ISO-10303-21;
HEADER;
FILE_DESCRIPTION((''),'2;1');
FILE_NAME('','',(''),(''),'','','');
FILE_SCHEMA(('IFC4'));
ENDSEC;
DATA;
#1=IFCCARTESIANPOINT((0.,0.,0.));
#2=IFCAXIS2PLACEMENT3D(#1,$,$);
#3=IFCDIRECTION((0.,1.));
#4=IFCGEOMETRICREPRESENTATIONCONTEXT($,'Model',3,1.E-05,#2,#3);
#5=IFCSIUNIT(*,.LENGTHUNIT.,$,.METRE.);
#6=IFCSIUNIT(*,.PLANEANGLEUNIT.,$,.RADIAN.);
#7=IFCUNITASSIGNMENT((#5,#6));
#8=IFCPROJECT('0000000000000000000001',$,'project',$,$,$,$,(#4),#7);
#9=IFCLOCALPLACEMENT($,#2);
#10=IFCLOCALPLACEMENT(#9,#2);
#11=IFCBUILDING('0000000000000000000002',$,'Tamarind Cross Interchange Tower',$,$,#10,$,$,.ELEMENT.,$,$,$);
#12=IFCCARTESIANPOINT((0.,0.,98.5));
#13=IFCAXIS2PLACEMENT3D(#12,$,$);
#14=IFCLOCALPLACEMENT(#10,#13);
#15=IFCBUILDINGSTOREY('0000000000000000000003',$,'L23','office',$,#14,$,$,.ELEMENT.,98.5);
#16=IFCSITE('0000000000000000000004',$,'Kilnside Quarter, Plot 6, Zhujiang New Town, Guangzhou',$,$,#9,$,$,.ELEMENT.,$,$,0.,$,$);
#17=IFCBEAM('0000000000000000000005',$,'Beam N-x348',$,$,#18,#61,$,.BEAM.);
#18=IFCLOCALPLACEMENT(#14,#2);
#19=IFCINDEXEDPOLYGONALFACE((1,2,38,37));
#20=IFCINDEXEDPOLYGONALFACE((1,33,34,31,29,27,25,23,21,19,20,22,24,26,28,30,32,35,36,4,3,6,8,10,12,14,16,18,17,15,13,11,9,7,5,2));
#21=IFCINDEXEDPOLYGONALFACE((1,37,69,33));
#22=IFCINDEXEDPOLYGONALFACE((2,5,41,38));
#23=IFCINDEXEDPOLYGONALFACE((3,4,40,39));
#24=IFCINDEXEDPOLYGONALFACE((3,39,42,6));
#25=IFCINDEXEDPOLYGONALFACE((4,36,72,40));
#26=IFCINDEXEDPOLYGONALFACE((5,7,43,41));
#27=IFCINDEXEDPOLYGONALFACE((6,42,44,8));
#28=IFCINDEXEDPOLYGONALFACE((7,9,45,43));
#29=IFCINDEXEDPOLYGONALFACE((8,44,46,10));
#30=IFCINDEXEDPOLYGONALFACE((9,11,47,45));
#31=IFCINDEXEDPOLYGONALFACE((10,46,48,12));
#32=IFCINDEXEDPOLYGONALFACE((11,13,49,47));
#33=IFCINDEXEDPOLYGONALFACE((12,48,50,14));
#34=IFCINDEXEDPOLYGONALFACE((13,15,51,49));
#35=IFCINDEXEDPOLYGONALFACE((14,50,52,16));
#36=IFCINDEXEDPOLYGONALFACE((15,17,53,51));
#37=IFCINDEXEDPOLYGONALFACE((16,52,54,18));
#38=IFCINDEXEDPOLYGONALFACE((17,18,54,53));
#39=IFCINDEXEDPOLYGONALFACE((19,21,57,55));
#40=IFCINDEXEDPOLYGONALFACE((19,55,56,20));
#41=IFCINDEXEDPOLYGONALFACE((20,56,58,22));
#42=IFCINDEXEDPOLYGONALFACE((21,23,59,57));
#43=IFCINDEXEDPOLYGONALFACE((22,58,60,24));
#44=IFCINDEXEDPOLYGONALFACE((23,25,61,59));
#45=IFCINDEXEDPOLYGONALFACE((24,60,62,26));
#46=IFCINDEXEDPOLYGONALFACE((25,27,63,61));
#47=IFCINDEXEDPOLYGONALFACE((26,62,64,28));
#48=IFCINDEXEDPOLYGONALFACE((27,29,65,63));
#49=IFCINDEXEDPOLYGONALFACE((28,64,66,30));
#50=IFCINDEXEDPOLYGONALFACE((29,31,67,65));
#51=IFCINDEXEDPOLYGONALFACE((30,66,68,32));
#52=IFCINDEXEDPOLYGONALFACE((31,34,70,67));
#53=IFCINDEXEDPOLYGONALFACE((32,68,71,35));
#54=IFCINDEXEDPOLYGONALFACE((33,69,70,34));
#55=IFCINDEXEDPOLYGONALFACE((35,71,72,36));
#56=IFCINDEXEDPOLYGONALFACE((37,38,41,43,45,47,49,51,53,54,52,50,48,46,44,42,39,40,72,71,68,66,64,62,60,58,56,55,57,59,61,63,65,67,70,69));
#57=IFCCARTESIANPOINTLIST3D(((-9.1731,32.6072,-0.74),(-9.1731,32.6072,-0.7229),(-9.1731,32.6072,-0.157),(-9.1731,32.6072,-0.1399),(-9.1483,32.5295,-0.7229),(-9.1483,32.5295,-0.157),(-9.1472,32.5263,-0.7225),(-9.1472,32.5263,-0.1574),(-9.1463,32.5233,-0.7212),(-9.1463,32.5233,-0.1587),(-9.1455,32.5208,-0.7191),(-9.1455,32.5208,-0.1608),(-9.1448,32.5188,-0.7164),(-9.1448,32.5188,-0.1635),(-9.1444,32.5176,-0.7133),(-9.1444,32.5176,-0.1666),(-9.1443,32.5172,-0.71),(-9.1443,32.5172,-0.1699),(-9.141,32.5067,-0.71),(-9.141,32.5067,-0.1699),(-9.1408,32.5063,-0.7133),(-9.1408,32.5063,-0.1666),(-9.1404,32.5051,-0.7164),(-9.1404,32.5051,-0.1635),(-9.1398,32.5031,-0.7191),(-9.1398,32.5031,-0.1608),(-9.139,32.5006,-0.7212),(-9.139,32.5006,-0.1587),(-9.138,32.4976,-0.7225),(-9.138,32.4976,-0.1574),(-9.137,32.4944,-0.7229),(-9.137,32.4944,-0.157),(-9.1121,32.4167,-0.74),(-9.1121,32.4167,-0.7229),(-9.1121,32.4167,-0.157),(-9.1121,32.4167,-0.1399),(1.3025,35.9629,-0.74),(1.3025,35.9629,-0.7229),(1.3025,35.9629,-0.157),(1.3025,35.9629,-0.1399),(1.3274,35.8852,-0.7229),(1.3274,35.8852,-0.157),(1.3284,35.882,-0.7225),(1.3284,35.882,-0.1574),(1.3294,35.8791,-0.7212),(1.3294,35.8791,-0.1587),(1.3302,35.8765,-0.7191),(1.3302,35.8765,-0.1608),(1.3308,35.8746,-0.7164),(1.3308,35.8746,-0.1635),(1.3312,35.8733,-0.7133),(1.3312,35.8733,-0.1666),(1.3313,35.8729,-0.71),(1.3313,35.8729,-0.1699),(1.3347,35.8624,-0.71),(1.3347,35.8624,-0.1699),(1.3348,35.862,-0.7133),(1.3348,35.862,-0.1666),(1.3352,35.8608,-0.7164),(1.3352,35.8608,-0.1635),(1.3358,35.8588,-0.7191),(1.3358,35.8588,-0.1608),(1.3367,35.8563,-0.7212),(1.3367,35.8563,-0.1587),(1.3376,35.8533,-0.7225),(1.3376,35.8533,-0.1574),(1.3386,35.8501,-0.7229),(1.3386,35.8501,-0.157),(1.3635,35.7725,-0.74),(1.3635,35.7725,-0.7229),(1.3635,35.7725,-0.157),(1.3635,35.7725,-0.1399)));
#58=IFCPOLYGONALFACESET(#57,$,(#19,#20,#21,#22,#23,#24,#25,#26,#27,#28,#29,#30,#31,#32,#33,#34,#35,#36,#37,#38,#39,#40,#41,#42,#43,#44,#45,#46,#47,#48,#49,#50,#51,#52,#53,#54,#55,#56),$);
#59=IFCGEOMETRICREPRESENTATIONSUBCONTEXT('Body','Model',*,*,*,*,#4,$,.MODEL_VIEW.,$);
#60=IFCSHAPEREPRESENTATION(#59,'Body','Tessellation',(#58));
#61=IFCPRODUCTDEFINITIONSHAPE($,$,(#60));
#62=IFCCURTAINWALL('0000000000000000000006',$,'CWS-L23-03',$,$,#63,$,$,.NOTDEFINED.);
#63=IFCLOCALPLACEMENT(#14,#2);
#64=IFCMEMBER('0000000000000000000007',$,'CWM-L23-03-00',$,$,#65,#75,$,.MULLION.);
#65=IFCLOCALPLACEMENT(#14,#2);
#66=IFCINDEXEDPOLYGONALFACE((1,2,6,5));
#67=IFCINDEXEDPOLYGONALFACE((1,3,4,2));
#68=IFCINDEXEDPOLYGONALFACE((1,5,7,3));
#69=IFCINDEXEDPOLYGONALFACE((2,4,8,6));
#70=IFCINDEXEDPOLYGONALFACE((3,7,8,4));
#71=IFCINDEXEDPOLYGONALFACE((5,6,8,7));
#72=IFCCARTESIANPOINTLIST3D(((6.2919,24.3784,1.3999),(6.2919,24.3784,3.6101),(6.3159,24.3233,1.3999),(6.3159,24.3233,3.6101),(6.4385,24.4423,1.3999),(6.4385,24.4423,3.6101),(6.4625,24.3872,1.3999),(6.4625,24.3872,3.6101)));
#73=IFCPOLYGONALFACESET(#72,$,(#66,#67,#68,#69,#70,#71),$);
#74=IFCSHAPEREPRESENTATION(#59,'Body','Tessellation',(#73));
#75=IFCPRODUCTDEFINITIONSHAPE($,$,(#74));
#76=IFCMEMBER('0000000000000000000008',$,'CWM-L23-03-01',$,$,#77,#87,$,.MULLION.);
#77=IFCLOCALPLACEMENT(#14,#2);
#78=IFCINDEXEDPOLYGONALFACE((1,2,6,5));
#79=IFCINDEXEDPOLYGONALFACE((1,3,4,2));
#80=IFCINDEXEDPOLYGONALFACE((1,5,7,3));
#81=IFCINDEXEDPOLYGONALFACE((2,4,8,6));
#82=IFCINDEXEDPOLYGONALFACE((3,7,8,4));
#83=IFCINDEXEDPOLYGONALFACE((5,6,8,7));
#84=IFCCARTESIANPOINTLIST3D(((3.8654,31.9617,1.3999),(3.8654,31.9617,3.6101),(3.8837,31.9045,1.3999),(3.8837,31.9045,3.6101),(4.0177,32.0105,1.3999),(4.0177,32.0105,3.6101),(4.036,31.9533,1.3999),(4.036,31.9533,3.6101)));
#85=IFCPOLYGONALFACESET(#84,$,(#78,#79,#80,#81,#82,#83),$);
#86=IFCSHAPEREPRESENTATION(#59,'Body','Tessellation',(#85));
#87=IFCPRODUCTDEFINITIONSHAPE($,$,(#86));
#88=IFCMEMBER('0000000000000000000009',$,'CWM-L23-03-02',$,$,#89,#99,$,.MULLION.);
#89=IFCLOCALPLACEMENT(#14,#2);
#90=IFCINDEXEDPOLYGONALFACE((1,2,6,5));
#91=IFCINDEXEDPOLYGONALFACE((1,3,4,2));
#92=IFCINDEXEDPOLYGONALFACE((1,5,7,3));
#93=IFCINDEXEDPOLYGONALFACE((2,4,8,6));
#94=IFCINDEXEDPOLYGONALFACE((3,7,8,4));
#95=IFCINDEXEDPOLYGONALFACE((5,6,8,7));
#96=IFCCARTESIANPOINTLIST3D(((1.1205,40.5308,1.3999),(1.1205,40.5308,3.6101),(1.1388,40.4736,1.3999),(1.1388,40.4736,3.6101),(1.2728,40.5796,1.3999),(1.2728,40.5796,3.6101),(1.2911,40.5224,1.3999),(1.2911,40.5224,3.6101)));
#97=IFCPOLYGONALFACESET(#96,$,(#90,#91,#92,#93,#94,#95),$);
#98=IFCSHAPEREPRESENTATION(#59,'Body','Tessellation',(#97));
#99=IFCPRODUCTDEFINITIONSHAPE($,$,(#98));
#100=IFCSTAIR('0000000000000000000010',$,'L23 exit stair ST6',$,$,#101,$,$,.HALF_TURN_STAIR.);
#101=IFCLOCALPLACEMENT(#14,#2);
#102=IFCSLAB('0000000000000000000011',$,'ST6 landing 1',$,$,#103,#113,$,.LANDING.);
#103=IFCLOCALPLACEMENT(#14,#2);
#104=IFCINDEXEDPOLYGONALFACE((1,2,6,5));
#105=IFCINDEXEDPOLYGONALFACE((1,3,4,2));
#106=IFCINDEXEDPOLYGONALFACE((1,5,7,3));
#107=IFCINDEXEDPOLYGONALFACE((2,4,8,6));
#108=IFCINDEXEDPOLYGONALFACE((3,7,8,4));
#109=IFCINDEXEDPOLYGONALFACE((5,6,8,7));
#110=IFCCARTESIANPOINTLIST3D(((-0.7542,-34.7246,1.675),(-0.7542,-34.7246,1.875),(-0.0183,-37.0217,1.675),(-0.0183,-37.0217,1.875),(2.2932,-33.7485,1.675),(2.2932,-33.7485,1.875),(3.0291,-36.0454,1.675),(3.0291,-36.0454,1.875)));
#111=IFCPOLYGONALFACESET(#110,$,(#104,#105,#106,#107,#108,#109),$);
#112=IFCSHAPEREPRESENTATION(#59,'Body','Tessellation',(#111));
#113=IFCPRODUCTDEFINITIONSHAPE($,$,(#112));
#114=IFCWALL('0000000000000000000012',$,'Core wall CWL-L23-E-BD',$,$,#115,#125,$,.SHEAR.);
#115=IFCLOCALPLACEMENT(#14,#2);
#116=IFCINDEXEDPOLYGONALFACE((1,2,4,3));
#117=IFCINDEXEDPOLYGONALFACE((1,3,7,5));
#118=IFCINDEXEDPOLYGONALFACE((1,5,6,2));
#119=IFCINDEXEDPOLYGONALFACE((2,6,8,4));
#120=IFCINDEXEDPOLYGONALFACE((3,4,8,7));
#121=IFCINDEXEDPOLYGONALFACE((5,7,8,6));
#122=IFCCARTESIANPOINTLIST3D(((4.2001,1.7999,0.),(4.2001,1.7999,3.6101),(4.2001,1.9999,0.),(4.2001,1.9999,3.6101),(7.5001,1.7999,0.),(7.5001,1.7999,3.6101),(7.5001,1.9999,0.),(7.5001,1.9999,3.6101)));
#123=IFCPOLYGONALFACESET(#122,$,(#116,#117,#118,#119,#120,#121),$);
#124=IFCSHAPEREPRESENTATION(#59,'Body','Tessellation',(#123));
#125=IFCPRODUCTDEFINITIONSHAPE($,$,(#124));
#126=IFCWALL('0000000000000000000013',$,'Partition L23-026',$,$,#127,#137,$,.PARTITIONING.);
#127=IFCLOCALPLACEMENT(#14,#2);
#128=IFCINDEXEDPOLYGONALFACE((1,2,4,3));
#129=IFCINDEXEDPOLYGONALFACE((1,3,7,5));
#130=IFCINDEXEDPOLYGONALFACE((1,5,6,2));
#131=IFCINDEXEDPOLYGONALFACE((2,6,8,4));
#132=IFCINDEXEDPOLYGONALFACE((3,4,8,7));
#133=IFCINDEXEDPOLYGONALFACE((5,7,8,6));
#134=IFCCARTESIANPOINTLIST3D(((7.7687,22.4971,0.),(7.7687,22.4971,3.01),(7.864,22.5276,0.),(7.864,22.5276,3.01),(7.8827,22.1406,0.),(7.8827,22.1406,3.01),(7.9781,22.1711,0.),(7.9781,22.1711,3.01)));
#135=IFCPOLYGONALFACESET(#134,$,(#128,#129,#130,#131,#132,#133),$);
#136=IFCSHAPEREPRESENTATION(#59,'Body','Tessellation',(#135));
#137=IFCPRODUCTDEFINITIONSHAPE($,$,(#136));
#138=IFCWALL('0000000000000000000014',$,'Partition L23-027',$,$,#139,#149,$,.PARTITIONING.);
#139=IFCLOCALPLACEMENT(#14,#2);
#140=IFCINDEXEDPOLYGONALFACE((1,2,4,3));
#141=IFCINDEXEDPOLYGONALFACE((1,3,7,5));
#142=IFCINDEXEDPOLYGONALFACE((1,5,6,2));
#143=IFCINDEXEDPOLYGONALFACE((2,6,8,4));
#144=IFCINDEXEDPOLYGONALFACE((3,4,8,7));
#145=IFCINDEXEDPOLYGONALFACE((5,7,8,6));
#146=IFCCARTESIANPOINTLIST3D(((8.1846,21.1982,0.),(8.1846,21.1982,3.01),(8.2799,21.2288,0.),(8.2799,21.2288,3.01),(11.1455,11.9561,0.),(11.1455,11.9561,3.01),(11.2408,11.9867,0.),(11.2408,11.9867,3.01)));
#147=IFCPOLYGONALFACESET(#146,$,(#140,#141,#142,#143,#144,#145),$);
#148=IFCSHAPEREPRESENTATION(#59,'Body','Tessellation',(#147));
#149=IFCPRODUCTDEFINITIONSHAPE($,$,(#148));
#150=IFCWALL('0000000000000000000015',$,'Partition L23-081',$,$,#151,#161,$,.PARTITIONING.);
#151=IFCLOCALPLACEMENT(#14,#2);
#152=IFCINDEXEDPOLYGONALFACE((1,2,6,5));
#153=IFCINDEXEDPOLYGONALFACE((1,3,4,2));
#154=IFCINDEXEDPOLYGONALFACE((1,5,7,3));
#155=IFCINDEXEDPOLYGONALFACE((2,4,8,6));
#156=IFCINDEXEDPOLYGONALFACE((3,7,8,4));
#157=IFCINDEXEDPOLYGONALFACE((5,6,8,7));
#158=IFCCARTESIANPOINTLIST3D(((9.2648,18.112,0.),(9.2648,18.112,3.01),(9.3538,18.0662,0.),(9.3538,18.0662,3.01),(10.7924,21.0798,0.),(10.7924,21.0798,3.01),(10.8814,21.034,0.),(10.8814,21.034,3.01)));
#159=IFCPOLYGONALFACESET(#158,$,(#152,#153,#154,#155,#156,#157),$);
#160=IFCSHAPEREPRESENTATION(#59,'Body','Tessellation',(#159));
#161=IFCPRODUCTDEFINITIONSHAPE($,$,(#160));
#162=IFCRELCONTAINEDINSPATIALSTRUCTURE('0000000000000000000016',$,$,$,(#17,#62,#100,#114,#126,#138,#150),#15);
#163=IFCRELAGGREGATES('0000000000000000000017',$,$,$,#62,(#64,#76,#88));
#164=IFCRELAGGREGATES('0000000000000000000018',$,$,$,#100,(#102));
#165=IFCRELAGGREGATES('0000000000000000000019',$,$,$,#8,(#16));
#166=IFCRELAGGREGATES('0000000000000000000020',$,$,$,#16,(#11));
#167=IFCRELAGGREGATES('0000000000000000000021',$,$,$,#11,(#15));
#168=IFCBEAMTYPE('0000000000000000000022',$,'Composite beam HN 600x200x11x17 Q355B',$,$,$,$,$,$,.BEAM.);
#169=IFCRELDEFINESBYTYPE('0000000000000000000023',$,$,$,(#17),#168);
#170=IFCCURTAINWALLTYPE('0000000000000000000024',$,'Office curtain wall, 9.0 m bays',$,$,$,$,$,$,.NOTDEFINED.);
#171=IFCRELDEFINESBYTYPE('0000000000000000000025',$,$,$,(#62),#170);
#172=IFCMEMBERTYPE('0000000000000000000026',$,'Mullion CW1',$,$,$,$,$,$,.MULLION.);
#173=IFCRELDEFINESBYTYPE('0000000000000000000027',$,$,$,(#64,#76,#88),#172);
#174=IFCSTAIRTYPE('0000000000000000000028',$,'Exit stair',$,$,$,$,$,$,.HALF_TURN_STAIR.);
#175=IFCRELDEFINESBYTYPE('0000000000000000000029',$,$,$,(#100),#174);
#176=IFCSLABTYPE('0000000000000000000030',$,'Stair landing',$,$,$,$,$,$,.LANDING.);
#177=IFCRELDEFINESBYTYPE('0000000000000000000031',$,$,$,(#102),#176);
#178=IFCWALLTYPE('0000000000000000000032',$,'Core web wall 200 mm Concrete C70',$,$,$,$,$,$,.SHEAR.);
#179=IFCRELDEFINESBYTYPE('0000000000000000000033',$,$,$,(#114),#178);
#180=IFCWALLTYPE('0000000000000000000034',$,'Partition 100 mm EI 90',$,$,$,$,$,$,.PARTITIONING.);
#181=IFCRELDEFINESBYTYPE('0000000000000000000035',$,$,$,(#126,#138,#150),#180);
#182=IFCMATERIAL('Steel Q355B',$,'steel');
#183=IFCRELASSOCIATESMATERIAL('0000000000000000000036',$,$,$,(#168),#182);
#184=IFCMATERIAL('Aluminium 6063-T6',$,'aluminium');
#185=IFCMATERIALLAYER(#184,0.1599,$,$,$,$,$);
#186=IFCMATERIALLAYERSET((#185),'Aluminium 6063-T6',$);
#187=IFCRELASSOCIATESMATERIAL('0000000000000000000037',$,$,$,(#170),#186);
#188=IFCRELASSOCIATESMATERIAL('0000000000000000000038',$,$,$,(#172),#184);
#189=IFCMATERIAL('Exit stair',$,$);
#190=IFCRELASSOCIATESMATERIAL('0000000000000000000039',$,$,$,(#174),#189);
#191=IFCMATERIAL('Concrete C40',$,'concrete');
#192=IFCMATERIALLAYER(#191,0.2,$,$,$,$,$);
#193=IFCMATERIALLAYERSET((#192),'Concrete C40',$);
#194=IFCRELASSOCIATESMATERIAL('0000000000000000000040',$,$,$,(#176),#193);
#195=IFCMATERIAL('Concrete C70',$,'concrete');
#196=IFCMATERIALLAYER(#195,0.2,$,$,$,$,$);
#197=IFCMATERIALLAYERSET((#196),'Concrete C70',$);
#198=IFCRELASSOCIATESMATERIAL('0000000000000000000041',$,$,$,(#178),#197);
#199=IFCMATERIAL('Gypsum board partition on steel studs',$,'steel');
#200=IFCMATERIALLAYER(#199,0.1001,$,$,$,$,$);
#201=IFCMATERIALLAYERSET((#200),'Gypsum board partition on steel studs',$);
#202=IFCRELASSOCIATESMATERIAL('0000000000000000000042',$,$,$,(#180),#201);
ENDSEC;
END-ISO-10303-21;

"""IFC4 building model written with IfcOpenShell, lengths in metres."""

from ifc_helpers import new_model, si_unit, direction, frame, frame_2d, origin, origin_2d, place, context, subcontext, project, spatial, polyline, rectangle, i_section, outline, extrude, material, layer, layer_set, material_profile, profile_set, type_object, element, aggregate, save


model = new_model("IFC4")

# Units and contexts
model_context = context("Model", 3, precision=1e-05, world=origin(), true_north=direction((0.0, 1.0)))
body_context = subcontext(model_context, "Body", "Model", "MODEL_VIEW")
ifc_project = project(units=[si_unit("LENGTHUNIT", "METRE"), si_unit("PLANEANGLEUNIT", "RADIAN")], contexts=[model_context])

# Site, building, storey
site_placement = place(None, origin())
site = spatial("IfcSite", under=ifc_project, at=site_placement, Name="Kilnside Quarter, Plot 6, Zhujiang New Town, Guangzhou", CompositionType="ELEMENT", RefElevation=0.0)
building_placement = place(site_placement, origin())
building = spatial("IfcBuilding", under=site, at=building_placement, Name="Tamarind Cross Interchange Tower", CompositionType="ELEMENT")
storey_placement = place(building_placement, frame((0.0, 0.0, 98.5)))
storey = spatial("IfcBuildingStorey", under=building, at=storey_placement, Name="L23", Description="office", CompositionType="ELEMENT", Elevation=98.5)

# Beam
ifc_material_1 = material(Name="Steel Q355B", Category="steel")
ifc_material_profile_1 = material_profile(ifc_material_1, i_section(OverallWidth=0.2, OverallDepth=0.6001, WebThickness=0.011, FlangeThickness=0.0171, FilletRadius=0.0129, at=origin_2d()), Name="HN 600x200x11x17")
ifc_profile_set_1 = profile_set([ifc_material_profile_1], Name="Steel Q355B")
beam_type_1 = type_object("IfcBeamType", Name="Composite beam HN 600x200x11x17 Q355B", PredefinedType="BEAM", material=ifc_profile_set_1)
for number, where, z_axis, x_axis, name in (
    (1, (1.333, 35.8677, -0.4399), (-0.952331, -0.305066, 0.0), (0.305066, -0.952331, 0.0), "Beam N-x348"),
):
    element("IfcBeam", number, at=place(storey_placement, frame(where, z_axis=z_axis, x_axis=x_axis)), inside=storey, type_object=beam_type_1, Name=name, PredefinedType="BEAM", context=body_context, shape_type="SweptSolid", body=[
        extrude(i_section(OverallWidth=0.2, OverallDepth=0.6001, WebThickness=0.011, FlangeThickness=0.0171, FilletRadius=0.0129, at=origin_2d()), origin(), (0.0, 0.0, 1.0), 11.0),
    ])

# Curtain wall, members
ifc_material_2 = material(Name="Aluminium 6063-T6", Category="aluminium")
ifc_layer_1 = layer(ifc_material_2, 0.1599)
ifc_layer_set_1 = layer_set([ifc_layer_1], Name="Aluminium 6063-T6")
curtain_wall_type = type_object("IfcCurtainWallType", Name="Office curtain wall, 9.0 m bays", PredefinedType="NOTDEFINED", material=ifc_layer_set_1)
curtain_wall_placement = place(storey_placement, origin())
curtain_wall = element("IfcCurtainWall", 2, at=curtain_wall_placement, inside=storey, type_object=curtain_wall_type, Name="CWS-L23-03", PredefinedType="NOTDEFINED")
ifc_material_profile_2 = material_profile(ifc_material_2, rectangle(XDim=0.0601, YDim=0.1599, at=origin_2d()), Name="Mullion CW1")
ifc_profile_set_2 = profile_set([ifc_material_profile_2], Name="Aluminium 6063-T6")
member_type = type_object("IfcMemberType", Name="Mullion CW1", PredefinedType="MULLION", material=ifc_profile_set_2)
member_1_placement = place(storey_placement, frame((6.3772, 24.3828, 1.3999), z_axis=(0.0, 0.0, 1.0), x_axis=(-0.399479, 0.916742, 0.0)))
member_1 = element("IfcMember", 3, at=member_1_placement, type_object=member_type, Name="CWM-L23-03-00", PredefinedType="MULLION", context=body_context, shape_type="SweptSolid", body=[
    extrude(rectangle(XDim=0.0601, YDim=0.1599, at=origin_2d()), origin(), (0.0, 0.0, 1.0), 2.2102),
])
member_2_placement = place(storey_placement, frame((3.9507, 31.9575, 1.3999), z_axis=(0.0, 0.0, 1.0), x_axis=(-0.305057, 0.952334, 0.0)))
member_2 = element("IfcMember", 4, at=member_2_placement, type_object=member_type, Name="CWM-L23-03-01", PredefinedType="MULLION", context=body_context, shape_type="SweptSolid", body=[
    extrude(rectangle(XDim=0.0601, YDim=0.1599, at=origin_2d()), origin(), (0.0, 0.0, 1.0), 2.2102),
])
member_3_placement = place(storey_placement, frame((1.2058, 40.5266, 1.3999), z_axis=(0.0, 0.0, 1.0), x_axis=(-0.305057, 0.952334, 0.0)))
member_3 = element("IfcMember", 5, at=member_3_placement, type_object=member_type, Name="CWM-L23-03-02", PredefinedType="MULLION", context=body_context, shape_type="SweptSolid", body=[
    extrude(rectangle(XDim=0.0601, YDim=0.1599, at=origin_2d()), origin(), (0.0, 0.0, 1.0), 2.2102),
])
aggregate(curtain_wall, [member_1, member_2, member_3])

# Stair, slab
ifc_material_3 = material(Name="Exit stair")
stair_type = type_object("IfcStairType", Name="Exit stair", PredefinedType="HALF_TURN_STAIR", material=ifc_material_3)
stair_1_placement = place(storey_placement, origin())
stair_1 = element("IfcStair", 6, at=stair_1_placement, inside=storey, type_object=stair_type, Name="L23 exit stair ST6", PredefinedType="HALF_TURN_STAIR")
ifc_material_4 = material(Name="Concrete C40", Category="concrete")
ifc_layer_2 = layer(ifc_material_4, 0.2)
ifc_layer_set_2 = layer_set([ifc_layer_2], Name="Concrete C40")
slab_type = type_object("IfcSlabType", Name="Stair landing", PredefinedType="LANDING", material=ifc_layer_set_2)
slab_placement = place(storey_placement, frame((0.0, 0.0, 1.675)))
slab = element("IfcSlab", 7, at=slab_placement, type_object=slab_type, Name="ST6 landing 1", PredefinedType="LANDING", context=body_context, shape_type="SweptSolid", body=[
    extrude(outline(polyline([(-0.7542, -34.7246), (-0.0183, -37.0217), (3.0291, -36.0454), (2.2932, -33.7485), (-0.7542, -34.7246)])), origin(), (0.0, 0.0, 1.0), 0.2),
])
aggregate(stair_1, [slab])

# Walls
ifc_material_5 = material(Name="Concrete C70", Category="concrete")
ifc_layer_3 = layer(ifc_material_5, 0.2)
ifc_layer_set_3 = layer_set([ifc_layer_3], Name="Concrete C70")
wall_type_1 = type_object("IfcWallType", Name="Core web wall 200 mm Concrete C70", PredefinedType="SHEAR", material=ifc_layer_set_3)
wall_1_placement = place(storey_placement, frame((7.5, 1.8999, 0.0), z_axis=(0.0, 0.0, 1.0), x_axis=(-1.0, 0.0, 0.0)))
element("IfcWall", 8, at=wall_1_placement, inside=storey, type_object=wall_type_1, Name="Core wall CWL-L23-E-BD", PredefinedType="SHEAR", context=body_context, shape_type="SweptSolid", body=[
    extrude(rectangle(XDim=3.3, YDim=0.2, at=frame_2d((1.6499, 0.0))), origin(), (0.0, 0.0, 1.0), 3.6101),
])
ifc_material_6 = material(Name="Gypsum board partition on steel studs", Category="steel")
ifc_layer_4 = layer(ifc_material_6, 0.1001)
ifc_layer_set_4 = layer_set([ifc_layer_4], Name="Gypsum board partition on steel studs")
wall_type_2 = type_object("IfcWallType", Name="Partition 100 mm EI 90", PredefinedType="PARTITIONING", material=ifc_layer_set_4)
wall_2_placement = place(storey_placement, frame((7.8164, 22.5122, 0.0), z_axis=(0.0, 0.0, 1.0), x_axis=(0.304657, -0.952462, 0.0)))
element("IfcWall", 9, at=wall_2_placement, inside=storey, type_object=wall_type_2, Name="Partition L23-026", PredefinedType="PARTITIONING", context=body_context, shape_type="SweptSolid", body=[
    extrude(rectangle(XDim=0.3743, YDim=0.1001, at=frame_2d((0.187, 0.0))), origin(), (0.0, 0.0, 1.0), 3.01),
])
wall_3_placement = place(storey_placement, frame((8.2322, 21.2136, 0.0), z_axis=(0.0, 0.0, 1.0), x_axis=(0.305097, -0.952321, 0.0)))
element("IfcWall", 10, at=wall_3_placement, inside=storey, type_object=wall_type_2, Name="Partition L23-027", PredefinedType="PARTITIONING", context=body_context, shape_type="SweptSolid", body=[
    extrude(rectangle(XDim=9.7048, YDim=0.1001, at=frame_2d((4.8525, 0.0))), origin(), (0.0, 0.0, 1.0), 3.01),
])
wall_4_placement = place(storey_placement, frame((9.3093, 18.0891, 0.0), z_axis=(0.0, 0.0, 1.0), x_axis=(0.457657, 0.889129, 0.0)))
element("IfcWall", 11, at=wall_4_placement, inside=storey, type_object=wall_type_2, Name="Partition L23-081", PredefinedType="PARTITIONING", context=body_context, shape_type="SweptSolid", body=[
    extrude(rectangle(XDim=3.3379, YDim=0.1001, at=frame_2d((1.6689, 0.0))), origin(), (0.0, 0.0, 1.0), 3.01),
])

save(model, "model.ifc")
